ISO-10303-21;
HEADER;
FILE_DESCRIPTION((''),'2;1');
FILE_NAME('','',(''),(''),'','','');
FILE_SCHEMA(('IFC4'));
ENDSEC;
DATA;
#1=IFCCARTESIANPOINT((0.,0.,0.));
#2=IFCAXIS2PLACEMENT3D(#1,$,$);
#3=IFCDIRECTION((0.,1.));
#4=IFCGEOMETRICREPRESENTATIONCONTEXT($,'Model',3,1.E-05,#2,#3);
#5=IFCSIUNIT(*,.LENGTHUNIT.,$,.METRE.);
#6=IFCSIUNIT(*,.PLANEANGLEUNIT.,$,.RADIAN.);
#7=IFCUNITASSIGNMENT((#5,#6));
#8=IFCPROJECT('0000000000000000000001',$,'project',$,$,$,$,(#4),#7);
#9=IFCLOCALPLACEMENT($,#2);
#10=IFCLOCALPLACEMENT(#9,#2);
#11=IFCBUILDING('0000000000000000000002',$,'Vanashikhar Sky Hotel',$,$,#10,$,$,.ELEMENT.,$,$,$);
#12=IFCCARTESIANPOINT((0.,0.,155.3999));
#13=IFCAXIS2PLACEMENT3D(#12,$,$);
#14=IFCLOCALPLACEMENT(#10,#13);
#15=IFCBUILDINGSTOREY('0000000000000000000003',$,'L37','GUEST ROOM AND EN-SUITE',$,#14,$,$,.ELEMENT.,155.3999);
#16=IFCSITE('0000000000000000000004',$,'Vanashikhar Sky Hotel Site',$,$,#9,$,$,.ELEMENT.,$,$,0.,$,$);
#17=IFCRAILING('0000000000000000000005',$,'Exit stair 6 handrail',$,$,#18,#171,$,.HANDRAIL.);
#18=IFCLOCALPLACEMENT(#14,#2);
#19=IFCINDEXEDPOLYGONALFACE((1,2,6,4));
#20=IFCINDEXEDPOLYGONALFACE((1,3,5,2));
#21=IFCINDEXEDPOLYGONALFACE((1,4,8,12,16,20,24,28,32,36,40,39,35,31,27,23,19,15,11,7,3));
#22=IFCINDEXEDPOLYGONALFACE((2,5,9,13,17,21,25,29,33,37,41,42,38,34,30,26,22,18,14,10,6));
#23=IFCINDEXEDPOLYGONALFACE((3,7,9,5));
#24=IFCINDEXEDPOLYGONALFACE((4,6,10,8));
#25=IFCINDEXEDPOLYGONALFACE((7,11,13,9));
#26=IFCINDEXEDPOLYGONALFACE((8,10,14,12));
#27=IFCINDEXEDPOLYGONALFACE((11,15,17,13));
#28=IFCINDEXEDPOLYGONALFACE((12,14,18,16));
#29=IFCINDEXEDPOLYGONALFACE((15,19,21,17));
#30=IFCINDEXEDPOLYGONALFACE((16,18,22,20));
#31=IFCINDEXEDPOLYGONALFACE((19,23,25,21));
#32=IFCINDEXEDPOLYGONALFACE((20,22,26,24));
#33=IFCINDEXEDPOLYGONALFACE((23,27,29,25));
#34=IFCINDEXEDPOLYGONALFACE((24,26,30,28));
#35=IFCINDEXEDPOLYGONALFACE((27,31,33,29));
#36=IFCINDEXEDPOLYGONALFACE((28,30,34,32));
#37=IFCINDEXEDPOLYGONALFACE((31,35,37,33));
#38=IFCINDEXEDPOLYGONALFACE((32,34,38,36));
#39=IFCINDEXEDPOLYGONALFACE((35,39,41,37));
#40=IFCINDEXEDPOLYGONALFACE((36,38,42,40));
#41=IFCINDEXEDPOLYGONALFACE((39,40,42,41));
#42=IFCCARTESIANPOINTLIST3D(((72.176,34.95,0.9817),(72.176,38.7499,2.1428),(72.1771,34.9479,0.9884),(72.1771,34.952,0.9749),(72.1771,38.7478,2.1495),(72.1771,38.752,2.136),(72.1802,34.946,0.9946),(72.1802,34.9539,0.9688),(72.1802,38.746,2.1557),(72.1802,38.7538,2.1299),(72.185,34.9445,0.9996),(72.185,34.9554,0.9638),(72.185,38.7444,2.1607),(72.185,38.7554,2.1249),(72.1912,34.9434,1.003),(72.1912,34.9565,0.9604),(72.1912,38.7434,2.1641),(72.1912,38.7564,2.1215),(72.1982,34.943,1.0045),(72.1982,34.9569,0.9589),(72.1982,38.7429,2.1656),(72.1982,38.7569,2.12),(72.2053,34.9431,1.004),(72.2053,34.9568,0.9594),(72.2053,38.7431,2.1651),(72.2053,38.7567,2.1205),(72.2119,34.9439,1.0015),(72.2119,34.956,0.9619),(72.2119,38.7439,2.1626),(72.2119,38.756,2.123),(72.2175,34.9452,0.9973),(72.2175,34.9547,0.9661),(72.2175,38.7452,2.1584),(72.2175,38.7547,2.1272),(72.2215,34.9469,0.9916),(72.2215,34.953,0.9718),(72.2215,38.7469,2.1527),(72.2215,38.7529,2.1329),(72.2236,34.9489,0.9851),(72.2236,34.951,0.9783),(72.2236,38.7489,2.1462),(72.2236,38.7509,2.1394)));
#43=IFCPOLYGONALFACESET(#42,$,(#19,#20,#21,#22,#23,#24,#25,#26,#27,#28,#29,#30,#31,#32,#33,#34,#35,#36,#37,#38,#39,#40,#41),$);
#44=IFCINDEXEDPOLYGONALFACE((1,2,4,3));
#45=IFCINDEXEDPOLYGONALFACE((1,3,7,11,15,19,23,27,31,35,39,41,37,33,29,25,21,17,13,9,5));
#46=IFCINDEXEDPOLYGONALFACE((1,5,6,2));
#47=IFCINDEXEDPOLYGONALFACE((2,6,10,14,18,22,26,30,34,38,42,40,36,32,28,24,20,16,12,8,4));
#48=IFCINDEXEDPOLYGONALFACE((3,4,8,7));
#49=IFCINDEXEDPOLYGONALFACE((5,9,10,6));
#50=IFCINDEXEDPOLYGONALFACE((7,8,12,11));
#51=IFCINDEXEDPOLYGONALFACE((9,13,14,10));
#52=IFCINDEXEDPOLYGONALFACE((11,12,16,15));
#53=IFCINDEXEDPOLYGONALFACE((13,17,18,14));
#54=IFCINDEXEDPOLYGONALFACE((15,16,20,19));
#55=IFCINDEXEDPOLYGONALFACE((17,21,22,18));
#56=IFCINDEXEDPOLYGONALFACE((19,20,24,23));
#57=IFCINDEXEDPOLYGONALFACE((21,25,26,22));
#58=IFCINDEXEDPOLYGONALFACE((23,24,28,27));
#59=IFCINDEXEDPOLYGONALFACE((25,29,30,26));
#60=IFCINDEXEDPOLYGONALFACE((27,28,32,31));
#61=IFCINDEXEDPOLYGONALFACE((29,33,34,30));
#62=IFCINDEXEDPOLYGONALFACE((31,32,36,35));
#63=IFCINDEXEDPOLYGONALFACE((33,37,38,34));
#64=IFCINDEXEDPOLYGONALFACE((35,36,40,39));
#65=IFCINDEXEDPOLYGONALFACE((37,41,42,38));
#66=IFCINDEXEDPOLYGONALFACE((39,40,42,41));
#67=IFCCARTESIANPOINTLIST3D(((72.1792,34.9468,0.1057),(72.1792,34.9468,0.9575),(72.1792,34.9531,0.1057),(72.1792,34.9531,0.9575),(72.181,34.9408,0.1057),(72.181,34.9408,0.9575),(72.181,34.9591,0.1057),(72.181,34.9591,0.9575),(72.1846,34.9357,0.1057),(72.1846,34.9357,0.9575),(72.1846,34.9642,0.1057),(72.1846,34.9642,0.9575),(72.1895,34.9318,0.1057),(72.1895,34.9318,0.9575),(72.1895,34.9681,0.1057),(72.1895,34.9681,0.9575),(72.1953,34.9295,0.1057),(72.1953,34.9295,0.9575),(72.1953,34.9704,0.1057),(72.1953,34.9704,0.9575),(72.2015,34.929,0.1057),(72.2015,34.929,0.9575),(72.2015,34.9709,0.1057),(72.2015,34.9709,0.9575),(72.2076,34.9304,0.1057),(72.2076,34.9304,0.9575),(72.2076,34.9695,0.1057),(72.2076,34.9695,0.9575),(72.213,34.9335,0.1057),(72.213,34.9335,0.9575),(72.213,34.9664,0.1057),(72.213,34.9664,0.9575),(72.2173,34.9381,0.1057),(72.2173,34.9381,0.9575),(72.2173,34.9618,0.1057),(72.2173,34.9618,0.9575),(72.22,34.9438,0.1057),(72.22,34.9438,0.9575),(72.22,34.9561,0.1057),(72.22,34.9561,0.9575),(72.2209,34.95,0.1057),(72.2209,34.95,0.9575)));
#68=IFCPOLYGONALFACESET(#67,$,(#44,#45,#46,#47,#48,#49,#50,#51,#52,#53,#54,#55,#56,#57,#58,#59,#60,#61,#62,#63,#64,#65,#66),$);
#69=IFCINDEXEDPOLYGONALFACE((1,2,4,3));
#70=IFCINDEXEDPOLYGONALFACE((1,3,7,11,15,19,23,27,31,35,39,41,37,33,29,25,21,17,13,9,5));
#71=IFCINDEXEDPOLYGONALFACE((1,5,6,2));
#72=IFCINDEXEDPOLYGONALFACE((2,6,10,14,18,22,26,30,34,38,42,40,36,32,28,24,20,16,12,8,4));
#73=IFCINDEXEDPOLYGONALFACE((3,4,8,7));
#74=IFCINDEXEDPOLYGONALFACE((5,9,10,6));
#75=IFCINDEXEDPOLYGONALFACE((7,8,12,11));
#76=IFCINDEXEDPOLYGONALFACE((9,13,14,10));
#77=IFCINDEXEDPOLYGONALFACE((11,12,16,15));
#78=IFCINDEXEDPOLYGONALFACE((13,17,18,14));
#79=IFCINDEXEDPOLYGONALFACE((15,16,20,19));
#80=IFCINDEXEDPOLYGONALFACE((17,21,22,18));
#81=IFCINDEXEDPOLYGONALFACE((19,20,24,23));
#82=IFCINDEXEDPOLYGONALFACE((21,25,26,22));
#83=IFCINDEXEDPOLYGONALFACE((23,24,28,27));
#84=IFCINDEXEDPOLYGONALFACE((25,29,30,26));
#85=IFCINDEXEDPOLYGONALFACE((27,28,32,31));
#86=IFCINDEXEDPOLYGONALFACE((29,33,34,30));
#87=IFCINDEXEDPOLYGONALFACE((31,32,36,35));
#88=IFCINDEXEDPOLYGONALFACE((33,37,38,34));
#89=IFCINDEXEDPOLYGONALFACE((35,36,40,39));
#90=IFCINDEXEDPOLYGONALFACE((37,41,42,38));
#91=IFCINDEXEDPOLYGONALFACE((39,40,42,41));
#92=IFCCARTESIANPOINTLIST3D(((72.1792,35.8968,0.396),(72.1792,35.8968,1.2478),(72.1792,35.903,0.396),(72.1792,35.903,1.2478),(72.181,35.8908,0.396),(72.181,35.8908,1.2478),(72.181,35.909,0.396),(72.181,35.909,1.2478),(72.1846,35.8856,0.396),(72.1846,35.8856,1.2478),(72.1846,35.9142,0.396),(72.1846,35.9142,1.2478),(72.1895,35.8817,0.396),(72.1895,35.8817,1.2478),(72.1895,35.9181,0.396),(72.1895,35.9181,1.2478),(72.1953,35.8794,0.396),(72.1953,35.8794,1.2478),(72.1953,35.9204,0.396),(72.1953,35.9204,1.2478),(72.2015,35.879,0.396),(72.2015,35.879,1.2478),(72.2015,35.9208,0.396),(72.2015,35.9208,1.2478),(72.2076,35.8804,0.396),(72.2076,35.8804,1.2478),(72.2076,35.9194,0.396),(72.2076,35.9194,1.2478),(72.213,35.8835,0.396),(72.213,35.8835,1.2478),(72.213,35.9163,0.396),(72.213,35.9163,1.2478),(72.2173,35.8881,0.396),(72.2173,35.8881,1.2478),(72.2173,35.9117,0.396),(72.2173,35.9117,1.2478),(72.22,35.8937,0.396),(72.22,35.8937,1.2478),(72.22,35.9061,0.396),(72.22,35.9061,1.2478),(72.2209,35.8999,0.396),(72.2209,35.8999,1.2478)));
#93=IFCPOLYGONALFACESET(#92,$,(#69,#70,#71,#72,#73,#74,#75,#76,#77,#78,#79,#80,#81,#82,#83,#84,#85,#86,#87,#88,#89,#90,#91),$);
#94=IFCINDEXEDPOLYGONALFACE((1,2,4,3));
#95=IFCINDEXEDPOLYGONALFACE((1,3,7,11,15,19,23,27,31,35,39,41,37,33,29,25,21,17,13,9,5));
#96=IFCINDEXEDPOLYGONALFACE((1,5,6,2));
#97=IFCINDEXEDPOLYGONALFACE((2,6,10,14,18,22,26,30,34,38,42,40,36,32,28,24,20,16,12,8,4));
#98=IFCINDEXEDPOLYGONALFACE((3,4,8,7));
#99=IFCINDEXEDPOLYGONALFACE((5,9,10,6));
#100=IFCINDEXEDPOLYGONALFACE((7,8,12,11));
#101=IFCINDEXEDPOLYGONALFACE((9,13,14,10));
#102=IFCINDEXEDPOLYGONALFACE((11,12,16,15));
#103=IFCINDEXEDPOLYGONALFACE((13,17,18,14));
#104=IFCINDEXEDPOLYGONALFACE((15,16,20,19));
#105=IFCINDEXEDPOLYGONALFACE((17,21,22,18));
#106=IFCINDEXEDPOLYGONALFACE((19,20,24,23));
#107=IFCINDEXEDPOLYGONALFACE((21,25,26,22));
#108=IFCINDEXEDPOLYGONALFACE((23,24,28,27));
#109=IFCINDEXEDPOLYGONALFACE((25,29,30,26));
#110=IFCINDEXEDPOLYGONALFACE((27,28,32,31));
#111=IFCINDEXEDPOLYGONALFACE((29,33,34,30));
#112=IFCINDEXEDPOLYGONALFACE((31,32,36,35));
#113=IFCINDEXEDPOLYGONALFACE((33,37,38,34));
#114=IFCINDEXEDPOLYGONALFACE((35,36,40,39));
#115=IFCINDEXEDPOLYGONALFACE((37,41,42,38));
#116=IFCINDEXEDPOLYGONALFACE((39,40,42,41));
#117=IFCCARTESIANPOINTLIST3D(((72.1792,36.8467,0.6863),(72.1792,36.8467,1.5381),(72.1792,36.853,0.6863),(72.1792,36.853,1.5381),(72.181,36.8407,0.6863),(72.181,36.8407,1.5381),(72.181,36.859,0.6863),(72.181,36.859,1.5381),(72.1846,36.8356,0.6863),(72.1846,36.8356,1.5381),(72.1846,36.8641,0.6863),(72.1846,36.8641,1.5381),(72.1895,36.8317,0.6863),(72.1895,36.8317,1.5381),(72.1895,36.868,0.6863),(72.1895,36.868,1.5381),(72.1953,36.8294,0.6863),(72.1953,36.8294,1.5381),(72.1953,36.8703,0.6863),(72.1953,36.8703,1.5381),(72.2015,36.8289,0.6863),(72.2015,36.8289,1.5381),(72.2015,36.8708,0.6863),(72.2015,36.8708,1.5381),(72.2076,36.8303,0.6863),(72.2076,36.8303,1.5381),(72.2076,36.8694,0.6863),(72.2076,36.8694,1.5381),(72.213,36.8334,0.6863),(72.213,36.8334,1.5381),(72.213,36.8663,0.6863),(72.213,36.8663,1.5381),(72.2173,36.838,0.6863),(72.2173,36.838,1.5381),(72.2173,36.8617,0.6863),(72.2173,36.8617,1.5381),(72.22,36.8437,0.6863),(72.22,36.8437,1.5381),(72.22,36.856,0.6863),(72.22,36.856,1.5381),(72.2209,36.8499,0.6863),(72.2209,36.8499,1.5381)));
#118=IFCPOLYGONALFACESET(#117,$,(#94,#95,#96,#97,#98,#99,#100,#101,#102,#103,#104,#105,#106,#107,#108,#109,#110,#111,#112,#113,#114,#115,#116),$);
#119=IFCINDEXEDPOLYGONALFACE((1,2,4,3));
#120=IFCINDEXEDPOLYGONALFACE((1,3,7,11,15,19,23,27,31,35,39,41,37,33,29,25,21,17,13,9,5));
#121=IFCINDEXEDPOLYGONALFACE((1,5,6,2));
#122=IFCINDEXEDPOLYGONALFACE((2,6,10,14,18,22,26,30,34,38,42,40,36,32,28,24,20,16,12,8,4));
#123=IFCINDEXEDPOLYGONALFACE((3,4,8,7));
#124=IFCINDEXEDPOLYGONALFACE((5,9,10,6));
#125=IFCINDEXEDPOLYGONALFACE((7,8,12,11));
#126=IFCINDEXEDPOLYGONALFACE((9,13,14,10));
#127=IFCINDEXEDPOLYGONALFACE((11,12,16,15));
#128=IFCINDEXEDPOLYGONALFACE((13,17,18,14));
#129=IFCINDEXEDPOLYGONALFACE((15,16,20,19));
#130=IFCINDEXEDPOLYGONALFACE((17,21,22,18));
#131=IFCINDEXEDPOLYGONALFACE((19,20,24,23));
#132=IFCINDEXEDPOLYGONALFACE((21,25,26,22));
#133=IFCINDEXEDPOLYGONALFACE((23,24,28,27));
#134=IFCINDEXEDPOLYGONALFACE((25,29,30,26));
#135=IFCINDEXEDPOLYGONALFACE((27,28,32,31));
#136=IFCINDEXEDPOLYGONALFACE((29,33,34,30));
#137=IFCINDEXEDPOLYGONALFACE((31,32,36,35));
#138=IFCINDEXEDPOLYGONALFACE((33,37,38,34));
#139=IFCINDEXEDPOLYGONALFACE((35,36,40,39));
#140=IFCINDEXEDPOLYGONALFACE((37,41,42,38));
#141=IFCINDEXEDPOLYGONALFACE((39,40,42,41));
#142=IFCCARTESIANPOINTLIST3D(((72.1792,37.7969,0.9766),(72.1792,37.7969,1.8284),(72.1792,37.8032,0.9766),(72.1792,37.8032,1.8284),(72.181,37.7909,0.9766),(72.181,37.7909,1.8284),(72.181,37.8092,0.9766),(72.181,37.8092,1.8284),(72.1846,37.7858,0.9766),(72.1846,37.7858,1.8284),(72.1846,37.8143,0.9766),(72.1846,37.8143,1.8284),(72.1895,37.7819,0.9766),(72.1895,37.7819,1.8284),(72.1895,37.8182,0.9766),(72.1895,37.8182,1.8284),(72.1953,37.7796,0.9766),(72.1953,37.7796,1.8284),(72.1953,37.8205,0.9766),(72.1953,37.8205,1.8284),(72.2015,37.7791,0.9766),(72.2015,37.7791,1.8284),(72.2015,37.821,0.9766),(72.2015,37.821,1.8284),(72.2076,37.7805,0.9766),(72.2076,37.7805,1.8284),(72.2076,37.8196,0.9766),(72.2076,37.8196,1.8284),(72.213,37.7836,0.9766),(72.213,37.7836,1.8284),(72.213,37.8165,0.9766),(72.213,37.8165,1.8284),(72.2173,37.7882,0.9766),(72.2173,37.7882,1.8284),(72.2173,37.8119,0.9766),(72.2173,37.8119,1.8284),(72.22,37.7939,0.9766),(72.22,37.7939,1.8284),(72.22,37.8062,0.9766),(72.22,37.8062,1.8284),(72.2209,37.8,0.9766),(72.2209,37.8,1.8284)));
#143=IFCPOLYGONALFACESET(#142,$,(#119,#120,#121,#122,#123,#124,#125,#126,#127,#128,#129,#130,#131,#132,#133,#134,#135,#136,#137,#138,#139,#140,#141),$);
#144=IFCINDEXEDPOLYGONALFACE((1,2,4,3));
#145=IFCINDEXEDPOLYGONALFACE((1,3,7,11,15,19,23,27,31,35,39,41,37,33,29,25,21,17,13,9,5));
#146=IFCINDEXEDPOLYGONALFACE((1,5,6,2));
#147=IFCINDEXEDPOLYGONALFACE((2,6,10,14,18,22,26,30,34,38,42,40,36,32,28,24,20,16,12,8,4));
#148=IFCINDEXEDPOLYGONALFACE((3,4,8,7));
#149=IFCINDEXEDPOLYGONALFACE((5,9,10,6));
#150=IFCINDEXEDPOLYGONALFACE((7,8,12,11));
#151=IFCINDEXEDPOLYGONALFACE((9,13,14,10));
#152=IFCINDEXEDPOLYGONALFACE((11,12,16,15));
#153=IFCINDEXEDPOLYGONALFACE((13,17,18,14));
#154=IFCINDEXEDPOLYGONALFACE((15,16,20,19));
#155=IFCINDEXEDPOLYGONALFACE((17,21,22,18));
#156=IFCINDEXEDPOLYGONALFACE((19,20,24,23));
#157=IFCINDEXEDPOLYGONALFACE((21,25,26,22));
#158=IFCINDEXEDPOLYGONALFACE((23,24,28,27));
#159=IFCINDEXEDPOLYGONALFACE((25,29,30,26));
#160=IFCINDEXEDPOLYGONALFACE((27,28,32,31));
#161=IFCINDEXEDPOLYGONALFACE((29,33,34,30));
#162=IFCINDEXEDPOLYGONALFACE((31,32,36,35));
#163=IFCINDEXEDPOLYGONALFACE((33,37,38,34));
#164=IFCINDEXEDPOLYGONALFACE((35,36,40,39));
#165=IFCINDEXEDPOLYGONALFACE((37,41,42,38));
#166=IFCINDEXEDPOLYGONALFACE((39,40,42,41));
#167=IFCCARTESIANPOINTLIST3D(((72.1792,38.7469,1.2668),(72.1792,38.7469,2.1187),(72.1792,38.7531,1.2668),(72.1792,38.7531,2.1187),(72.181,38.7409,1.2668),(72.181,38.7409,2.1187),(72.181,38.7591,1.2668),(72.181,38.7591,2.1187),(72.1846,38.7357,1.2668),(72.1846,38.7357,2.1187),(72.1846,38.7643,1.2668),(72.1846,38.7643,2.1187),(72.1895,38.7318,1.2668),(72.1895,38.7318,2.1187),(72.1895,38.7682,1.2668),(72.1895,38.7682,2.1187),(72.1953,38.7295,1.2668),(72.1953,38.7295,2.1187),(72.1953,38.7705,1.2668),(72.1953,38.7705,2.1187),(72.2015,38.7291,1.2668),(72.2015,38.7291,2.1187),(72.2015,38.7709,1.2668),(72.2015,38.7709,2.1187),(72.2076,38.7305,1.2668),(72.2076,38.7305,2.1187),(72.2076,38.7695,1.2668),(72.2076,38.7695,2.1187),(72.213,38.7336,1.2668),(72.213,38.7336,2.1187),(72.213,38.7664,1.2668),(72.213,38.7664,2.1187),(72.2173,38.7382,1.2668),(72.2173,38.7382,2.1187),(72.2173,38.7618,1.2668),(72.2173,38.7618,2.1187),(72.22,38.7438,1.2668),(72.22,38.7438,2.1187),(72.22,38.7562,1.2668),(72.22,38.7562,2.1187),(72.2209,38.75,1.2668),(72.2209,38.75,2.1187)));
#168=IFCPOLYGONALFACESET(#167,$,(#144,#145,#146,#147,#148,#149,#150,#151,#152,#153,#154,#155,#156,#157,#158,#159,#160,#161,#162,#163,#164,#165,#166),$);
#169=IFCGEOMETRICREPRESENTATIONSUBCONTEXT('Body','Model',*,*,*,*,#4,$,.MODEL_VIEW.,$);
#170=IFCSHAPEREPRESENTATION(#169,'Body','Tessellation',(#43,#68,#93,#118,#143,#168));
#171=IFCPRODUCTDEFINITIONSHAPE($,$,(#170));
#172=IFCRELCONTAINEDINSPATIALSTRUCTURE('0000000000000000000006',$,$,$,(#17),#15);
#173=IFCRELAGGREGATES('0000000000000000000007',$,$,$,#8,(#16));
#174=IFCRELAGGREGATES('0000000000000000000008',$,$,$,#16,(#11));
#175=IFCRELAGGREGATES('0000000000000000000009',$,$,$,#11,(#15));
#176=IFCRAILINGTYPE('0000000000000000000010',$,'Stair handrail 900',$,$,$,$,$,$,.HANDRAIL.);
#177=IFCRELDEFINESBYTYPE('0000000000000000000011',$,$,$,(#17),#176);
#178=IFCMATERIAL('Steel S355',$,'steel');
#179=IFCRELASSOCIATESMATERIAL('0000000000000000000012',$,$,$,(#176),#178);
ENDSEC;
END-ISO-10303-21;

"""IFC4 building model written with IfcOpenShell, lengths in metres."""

from ifc_helpers import new_model, si_unit, direction, frame, origin, origin_2d, place, context, subcontext, project, spatial, circle, extrude, source, transform, mapped, material, type_object, element, save


model = new_model("IFC4")

# Units and contexts
model_context = context("Model", 3, precision=1e-05, world=origin(), true_north=direction((0.0, 1.0)))
body_context = subcontext(model_context, "Body", "Model", "MODEL_VIEW")
ifc_project = project(units=[si_unit("LENGTHUNIT", "METRE"), si_unit("PLANEANGLEUNIT", "RADIAN")], contexts=[model_context])

# Site, building, storey
site_placement = place(None, origin())
site = spatial("IfcSite", under=ifc_project, at=site_placement, Name="Vanashikhar Sky Hotel Site", CompositionType="ELEMENT", RefElevation=0.0)
building_placement = place(site_placement, origin())
building = spatial("IfcBuilding", under=site, at=building_placement, Name="Vanashikhar Sky Hotel", CompositionType="ELEMENT")
storey_placement = place(building_placement, frame((0.0, 0.0, 155.3999)))
storey = spatial("IfcBuildingStorey", under=building, at=storey_placement, Name="L37", Description="GUEST ROOM AND EN-SUITE", CompositionType="ELEMENT", Elevation=155.3999)

# Railing
ifc_material_1 = material(Name="Steel S355", Category="steel")
railing_type_1 = type_object("IfcRailingType", Name="Stair handrail 900", PredefinedType="HANDRAIL", material=ifc_material_1)
shared_shape_1 = source(origin(), body_context, "Body", "SweptSolid", [
    extrude(circle(Radius=0.0239, at=origin_2d()), frame((0.0, 0.0, 0.876), z_axis=(0.0, 0.956351, 0.29222), x_axis=(-1.0, 0.0, 0.0)), (0.0, 0.0, 1.0), 3.9734),
    extrude(circle(Radius=0.021, at=origin_2d()), origin(), (0.0, 0.0, 1.0), 0.8518),
    extrude(circle(Radius=0.021, at=origin_2d()), frame((0.0, 0.95, 0.2903)), (0.0, 0.0, 1.0), 0.8518),
    extrude(circle(Radius=0.021, at=origin_2d()), frame((0.0, 1.8999, 0.5806)), (0.0, 0.0, 1.0), 0.8518),
    extrude(circle(Radius=0.021, at=origin_2d()), frame((0.0, 2.8501, 0.8708)), (0.0, 0.0, 1.0), 0.8518),
    extrude(circle(Radius=0.021, at=origin_2d()), frame((0.0, 3.8, 1.1611)), (0.0, 0.0, 1.0), 0.8518),
])
for number, where, name in (
    (1, (72.2, 34.95, 0.1057), "Exit stair 6 handrail"),
):
    element("IfcRailing", number, at=place(storey_placement, frame(where)), inside=storey, type_object=railing_type_1, Name=name, PredefinedType="HANDRAIL", context=body_context, shape_type="MappedRepresentation", body=[
        mapped(shared_shape_1, transform((0.0, 0.0, 0.0), scale=1.0)),
    ])

save(model, "model.ifc")
